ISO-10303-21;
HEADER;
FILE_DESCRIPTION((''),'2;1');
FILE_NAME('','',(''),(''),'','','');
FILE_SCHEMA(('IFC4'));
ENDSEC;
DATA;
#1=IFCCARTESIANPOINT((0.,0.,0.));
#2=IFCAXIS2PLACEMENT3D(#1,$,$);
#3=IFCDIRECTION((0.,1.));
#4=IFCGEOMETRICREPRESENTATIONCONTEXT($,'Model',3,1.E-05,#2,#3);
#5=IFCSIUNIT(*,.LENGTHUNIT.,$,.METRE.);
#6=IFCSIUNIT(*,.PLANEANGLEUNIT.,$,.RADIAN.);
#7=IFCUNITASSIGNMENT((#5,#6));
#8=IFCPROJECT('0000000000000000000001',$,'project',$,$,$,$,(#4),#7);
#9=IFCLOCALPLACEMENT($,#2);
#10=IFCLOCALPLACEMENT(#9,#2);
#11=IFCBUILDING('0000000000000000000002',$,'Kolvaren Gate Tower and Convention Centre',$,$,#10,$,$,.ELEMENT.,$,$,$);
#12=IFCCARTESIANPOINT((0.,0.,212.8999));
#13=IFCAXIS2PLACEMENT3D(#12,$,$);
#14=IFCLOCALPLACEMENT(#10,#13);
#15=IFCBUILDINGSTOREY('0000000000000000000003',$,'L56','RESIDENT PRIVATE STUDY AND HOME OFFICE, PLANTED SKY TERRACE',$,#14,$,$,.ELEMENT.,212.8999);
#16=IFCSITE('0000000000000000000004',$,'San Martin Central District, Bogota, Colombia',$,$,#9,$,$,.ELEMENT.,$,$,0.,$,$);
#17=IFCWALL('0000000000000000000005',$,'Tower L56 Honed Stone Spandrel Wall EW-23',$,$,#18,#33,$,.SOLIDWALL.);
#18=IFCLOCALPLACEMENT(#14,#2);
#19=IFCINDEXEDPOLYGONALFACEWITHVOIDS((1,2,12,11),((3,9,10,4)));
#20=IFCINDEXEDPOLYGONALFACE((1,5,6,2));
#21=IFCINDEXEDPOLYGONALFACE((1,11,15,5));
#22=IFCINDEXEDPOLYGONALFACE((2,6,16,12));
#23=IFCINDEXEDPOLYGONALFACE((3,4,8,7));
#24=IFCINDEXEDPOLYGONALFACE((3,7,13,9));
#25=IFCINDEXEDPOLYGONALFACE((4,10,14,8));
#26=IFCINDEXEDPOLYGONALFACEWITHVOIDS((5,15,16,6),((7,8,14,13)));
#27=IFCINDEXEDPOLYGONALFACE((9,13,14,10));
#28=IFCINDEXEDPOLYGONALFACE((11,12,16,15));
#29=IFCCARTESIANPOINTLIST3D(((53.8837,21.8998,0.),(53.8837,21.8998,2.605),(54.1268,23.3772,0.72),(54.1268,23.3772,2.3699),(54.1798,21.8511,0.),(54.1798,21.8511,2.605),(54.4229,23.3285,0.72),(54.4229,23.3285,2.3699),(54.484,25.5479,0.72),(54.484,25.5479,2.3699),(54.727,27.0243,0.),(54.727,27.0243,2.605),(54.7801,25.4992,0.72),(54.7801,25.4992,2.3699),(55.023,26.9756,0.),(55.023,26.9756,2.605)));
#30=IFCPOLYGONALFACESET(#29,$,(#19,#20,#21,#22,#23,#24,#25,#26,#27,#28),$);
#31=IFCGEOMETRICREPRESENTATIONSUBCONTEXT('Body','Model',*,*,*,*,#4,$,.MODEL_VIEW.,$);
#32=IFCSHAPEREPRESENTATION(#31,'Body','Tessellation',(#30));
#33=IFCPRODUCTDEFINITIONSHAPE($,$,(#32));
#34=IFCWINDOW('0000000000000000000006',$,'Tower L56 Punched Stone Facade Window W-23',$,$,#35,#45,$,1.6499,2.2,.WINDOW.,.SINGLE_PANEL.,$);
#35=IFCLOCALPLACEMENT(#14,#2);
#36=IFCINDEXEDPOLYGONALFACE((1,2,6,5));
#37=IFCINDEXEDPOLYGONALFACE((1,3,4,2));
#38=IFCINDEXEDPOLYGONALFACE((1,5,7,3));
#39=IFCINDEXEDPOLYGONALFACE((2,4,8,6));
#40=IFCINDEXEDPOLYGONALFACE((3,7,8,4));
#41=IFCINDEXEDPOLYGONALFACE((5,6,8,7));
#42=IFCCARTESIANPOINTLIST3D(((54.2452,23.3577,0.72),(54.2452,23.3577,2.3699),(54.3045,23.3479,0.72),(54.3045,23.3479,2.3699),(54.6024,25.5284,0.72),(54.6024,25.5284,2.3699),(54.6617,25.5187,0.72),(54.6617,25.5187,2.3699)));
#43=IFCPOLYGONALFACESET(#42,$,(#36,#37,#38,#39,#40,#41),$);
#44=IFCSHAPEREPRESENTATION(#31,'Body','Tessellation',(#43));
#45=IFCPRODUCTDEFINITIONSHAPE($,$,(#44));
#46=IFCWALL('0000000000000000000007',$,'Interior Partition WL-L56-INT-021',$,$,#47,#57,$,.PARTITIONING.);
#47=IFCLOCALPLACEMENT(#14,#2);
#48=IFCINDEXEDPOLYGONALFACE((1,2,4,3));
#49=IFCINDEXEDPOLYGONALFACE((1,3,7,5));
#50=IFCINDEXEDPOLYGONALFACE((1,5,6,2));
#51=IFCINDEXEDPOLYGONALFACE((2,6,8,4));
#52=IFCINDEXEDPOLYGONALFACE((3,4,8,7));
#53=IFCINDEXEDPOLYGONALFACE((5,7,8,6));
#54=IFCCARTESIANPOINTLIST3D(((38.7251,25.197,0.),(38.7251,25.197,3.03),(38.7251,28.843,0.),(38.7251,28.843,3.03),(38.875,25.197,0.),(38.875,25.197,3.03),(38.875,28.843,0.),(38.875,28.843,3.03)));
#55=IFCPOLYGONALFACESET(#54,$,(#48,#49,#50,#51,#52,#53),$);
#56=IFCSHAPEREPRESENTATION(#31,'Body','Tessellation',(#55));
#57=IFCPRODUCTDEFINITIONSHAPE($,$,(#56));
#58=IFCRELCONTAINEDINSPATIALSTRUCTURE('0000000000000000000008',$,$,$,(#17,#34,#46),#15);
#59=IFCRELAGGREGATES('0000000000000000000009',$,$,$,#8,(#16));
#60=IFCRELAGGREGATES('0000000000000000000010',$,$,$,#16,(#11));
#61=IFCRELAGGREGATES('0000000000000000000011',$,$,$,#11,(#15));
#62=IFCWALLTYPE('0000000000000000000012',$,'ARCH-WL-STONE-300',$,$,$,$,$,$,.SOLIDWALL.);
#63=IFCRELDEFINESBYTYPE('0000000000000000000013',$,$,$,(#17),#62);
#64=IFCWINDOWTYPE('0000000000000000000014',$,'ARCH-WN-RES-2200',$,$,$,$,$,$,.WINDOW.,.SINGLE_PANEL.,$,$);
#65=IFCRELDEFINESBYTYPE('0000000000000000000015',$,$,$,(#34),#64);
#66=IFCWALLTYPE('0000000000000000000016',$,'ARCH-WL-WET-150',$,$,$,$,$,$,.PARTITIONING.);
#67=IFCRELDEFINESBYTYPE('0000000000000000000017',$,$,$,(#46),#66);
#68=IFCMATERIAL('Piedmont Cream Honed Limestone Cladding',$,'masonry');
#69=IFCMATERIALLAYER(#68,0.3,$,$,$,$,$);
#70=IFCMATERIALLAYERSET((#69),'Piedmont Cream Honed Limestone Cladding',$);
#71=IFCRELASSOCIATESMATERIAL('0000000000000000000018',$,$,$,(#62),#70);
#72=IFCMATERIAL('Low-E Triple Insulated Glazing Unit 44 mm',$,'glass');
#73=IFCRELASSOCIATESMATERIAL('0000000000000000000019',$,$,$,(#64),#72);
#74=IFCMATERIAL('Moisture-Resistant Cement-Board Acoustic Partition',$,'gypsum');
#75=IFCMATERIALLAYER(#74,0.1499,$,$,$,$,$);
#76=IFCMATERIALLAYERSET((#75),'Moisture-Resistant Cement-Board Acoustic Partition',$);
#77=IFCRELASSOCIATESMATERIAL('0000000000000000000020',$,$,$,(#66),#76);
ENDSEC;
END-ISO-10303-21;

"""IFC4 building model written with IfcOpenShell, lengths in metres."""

from ifc_helpers import new_model, si_unit, direction, frame, frame_2d, origin, place, context, subcontext, project, spatial, rectangle, extrude, material, layer, layer_set, type_object, element, fill, save


model = new_model("IFC4")

# Units and contexts
model_context = context("Model", 3, precision=1e-05, world=origin(), true_north=direction((0.0, 1.0)))
body_context = subcontext(model_context, "Body", "Model", "MODEL_VIEW")
ifc_project = project(units=[si_unit("LENGTHUNIT", "METRE"), si_unit("PLANEANGLEUNIT", "RADIAN")], contexts=[model_context])

# Site, building, storey
site_placement = place(None, origin())
site = spatial("IfcSite", under=ifc_project, at=site_placement, Name="San Martin Central District, Bogota, Colombia", CompositionType="ELEMENT", RefElevation=0.0)
building_placement = place(site_placement, origin())
building = spatial("IfcBuilding", under=site, at=building_placement, Name="Kolvaren Gate Tower and Convention Centre", CompositionType="ELEMENT")
storey_placement = place(building_placement, frame((0.0, 0.0, 212.8999)))
storey = spatial("IfcBuildingStorey", under=building, at=storey_placement, Name="L56", Description="RESIDENT PRIVATE STUDY AND HOME OFFICE, PLANTED SKY TERRACE", CompositionType="ELEMENT", Elevation=212.8999)

# Shared definitions
ifc_material_1 = material(Name="Piedmont Cream Honed Limestone Cladding", Category="masonry")

# Wall, opening, window
ifc_layer_1 = layer(ifc_material_1, 0.3)
ifc_layer_set_1 = layer_set([ifc_layer_1], Name="Piedmont Cream Honed Limestone Cladding")
wall_type_1 = type_object("IfcWallType", Name="ARCH-WL-STONE-300", PredefinedType="SOLIDWALL", material=ifc_layer_set_1)
wall_1_placement = place(storey_placement, frame((54.0317, 21.8755, 0.0), z_axis=(0.0, 0.0, 1.0), x_axis=(0.162371, 0.98673, 0.0)))
wall_1 = element("IfcWall", 1, at=wall_1_placement, inside=storey, type_object=wall_type_1, Name="Tower L56 Honed Stone Spandrel Wall EW-23", PredefinedType="SOLIDWALL", context=body_context, shape_type="SweptSolid", body=[
    extrude(rectangle(XDim=5.1934, YDim=0.3, at=frame_2d((2.5967, 0.0))), origin(), (0.0, 0.0, 1.0), 2.605),
])
opening_1_placement = place(wall_1_placement, frame((1.4971, 0.0, 0.72)))
opening_1 = element("IfcOpeningElement", 2, at=opening_1_placement, cuts=wall_1, PredefinedType="OPENING", context=body_context, shape_type="SweptSolid", body=[
    extrude(rectangle(XDim=2.2, YDim=1.6499, at=frame_2d((1.1001, 0.825))), frame((0.0, 0.1599, 0.0), z_axis=(0.0, -1.0, 0.0), x_axis=(1.0, 0.0, 0.0)), (0.0, 0.0, 1.0), 0.3201),
])
ifc_material_2 = material(Name="Low-E Triple Insulated Glazing Unit 44 mm", Category="glass")
window_type = type_object("IfcWindowType", Name="ARCH-WN-RES-2200", PartitioningType="SINGLE_PANEL", PredefinedType="WINDOW", material=ifc_material_2)
window_placement = place(opening_1_placement, origin())
window = element("IfcWindow", 3, at=window_placement, inside=storey, type_object=window_type, Name="Tower L56 Punched Stone Facade Window W-23", OverallHeight=1.6499, OverallWidth=2.2, PartitioningType="SINGLE_PANEL", PredefinedType="WINDOW", context=body_context, shape_type="SweptSolid", body=[
    extrude(rectangle(XDim=2.2, YDim=1.6499, at=frame_2d((1.1001, 0.825))), frame((0.0, 0.03, 0.0), z_axis=(0.0, -1.0, 0.0), x_axis=(1.0, 0.0, 0.0)), (0.0, 0.0, 1.0), 0.0601),
])
fill(opening_1, window)

# Wall
ifc_material_3 = material(Name="Moisture-Resistant Cement-Board Acoustic Partition", Category="gypsum")
ifc_layer_2 = layer(ifc_material_3, 0.1499)
ifc_layer_set_2 = layer_set([ifc_layer_2], Name="Moisture-Resistant Cement-Board Acoustic Partition")
wall_type_2 = type_object("IfcWallType", Name="ARCH-WL-WET-150", PredefinedType="PARTITIONING", material=ifc_layer_set_2)
wall_2_placement = place(storey_placement, frame((38.8, 25.197, 0.0), z_axis=(0.0, 0.0, 1.0), x_axis=(0.0, 1.0, 0.0)))
element("IfcWall", 4, at=wall_2_placement, inside=storey, type_object=wall_type_2, Name="Interior Partition WL-L56-INT-021", PredefinedType="PARTITIONING", context=body_context, shape_type="SweptSolid", body=[
    extrude(rectangle(XDim=3.646, YDim=0.1499, at=frame_2d((1.823, 0.0))), origin(), (0.0, 0.0, 1.0), 3.03),
])

save(model, "model.ifc")
